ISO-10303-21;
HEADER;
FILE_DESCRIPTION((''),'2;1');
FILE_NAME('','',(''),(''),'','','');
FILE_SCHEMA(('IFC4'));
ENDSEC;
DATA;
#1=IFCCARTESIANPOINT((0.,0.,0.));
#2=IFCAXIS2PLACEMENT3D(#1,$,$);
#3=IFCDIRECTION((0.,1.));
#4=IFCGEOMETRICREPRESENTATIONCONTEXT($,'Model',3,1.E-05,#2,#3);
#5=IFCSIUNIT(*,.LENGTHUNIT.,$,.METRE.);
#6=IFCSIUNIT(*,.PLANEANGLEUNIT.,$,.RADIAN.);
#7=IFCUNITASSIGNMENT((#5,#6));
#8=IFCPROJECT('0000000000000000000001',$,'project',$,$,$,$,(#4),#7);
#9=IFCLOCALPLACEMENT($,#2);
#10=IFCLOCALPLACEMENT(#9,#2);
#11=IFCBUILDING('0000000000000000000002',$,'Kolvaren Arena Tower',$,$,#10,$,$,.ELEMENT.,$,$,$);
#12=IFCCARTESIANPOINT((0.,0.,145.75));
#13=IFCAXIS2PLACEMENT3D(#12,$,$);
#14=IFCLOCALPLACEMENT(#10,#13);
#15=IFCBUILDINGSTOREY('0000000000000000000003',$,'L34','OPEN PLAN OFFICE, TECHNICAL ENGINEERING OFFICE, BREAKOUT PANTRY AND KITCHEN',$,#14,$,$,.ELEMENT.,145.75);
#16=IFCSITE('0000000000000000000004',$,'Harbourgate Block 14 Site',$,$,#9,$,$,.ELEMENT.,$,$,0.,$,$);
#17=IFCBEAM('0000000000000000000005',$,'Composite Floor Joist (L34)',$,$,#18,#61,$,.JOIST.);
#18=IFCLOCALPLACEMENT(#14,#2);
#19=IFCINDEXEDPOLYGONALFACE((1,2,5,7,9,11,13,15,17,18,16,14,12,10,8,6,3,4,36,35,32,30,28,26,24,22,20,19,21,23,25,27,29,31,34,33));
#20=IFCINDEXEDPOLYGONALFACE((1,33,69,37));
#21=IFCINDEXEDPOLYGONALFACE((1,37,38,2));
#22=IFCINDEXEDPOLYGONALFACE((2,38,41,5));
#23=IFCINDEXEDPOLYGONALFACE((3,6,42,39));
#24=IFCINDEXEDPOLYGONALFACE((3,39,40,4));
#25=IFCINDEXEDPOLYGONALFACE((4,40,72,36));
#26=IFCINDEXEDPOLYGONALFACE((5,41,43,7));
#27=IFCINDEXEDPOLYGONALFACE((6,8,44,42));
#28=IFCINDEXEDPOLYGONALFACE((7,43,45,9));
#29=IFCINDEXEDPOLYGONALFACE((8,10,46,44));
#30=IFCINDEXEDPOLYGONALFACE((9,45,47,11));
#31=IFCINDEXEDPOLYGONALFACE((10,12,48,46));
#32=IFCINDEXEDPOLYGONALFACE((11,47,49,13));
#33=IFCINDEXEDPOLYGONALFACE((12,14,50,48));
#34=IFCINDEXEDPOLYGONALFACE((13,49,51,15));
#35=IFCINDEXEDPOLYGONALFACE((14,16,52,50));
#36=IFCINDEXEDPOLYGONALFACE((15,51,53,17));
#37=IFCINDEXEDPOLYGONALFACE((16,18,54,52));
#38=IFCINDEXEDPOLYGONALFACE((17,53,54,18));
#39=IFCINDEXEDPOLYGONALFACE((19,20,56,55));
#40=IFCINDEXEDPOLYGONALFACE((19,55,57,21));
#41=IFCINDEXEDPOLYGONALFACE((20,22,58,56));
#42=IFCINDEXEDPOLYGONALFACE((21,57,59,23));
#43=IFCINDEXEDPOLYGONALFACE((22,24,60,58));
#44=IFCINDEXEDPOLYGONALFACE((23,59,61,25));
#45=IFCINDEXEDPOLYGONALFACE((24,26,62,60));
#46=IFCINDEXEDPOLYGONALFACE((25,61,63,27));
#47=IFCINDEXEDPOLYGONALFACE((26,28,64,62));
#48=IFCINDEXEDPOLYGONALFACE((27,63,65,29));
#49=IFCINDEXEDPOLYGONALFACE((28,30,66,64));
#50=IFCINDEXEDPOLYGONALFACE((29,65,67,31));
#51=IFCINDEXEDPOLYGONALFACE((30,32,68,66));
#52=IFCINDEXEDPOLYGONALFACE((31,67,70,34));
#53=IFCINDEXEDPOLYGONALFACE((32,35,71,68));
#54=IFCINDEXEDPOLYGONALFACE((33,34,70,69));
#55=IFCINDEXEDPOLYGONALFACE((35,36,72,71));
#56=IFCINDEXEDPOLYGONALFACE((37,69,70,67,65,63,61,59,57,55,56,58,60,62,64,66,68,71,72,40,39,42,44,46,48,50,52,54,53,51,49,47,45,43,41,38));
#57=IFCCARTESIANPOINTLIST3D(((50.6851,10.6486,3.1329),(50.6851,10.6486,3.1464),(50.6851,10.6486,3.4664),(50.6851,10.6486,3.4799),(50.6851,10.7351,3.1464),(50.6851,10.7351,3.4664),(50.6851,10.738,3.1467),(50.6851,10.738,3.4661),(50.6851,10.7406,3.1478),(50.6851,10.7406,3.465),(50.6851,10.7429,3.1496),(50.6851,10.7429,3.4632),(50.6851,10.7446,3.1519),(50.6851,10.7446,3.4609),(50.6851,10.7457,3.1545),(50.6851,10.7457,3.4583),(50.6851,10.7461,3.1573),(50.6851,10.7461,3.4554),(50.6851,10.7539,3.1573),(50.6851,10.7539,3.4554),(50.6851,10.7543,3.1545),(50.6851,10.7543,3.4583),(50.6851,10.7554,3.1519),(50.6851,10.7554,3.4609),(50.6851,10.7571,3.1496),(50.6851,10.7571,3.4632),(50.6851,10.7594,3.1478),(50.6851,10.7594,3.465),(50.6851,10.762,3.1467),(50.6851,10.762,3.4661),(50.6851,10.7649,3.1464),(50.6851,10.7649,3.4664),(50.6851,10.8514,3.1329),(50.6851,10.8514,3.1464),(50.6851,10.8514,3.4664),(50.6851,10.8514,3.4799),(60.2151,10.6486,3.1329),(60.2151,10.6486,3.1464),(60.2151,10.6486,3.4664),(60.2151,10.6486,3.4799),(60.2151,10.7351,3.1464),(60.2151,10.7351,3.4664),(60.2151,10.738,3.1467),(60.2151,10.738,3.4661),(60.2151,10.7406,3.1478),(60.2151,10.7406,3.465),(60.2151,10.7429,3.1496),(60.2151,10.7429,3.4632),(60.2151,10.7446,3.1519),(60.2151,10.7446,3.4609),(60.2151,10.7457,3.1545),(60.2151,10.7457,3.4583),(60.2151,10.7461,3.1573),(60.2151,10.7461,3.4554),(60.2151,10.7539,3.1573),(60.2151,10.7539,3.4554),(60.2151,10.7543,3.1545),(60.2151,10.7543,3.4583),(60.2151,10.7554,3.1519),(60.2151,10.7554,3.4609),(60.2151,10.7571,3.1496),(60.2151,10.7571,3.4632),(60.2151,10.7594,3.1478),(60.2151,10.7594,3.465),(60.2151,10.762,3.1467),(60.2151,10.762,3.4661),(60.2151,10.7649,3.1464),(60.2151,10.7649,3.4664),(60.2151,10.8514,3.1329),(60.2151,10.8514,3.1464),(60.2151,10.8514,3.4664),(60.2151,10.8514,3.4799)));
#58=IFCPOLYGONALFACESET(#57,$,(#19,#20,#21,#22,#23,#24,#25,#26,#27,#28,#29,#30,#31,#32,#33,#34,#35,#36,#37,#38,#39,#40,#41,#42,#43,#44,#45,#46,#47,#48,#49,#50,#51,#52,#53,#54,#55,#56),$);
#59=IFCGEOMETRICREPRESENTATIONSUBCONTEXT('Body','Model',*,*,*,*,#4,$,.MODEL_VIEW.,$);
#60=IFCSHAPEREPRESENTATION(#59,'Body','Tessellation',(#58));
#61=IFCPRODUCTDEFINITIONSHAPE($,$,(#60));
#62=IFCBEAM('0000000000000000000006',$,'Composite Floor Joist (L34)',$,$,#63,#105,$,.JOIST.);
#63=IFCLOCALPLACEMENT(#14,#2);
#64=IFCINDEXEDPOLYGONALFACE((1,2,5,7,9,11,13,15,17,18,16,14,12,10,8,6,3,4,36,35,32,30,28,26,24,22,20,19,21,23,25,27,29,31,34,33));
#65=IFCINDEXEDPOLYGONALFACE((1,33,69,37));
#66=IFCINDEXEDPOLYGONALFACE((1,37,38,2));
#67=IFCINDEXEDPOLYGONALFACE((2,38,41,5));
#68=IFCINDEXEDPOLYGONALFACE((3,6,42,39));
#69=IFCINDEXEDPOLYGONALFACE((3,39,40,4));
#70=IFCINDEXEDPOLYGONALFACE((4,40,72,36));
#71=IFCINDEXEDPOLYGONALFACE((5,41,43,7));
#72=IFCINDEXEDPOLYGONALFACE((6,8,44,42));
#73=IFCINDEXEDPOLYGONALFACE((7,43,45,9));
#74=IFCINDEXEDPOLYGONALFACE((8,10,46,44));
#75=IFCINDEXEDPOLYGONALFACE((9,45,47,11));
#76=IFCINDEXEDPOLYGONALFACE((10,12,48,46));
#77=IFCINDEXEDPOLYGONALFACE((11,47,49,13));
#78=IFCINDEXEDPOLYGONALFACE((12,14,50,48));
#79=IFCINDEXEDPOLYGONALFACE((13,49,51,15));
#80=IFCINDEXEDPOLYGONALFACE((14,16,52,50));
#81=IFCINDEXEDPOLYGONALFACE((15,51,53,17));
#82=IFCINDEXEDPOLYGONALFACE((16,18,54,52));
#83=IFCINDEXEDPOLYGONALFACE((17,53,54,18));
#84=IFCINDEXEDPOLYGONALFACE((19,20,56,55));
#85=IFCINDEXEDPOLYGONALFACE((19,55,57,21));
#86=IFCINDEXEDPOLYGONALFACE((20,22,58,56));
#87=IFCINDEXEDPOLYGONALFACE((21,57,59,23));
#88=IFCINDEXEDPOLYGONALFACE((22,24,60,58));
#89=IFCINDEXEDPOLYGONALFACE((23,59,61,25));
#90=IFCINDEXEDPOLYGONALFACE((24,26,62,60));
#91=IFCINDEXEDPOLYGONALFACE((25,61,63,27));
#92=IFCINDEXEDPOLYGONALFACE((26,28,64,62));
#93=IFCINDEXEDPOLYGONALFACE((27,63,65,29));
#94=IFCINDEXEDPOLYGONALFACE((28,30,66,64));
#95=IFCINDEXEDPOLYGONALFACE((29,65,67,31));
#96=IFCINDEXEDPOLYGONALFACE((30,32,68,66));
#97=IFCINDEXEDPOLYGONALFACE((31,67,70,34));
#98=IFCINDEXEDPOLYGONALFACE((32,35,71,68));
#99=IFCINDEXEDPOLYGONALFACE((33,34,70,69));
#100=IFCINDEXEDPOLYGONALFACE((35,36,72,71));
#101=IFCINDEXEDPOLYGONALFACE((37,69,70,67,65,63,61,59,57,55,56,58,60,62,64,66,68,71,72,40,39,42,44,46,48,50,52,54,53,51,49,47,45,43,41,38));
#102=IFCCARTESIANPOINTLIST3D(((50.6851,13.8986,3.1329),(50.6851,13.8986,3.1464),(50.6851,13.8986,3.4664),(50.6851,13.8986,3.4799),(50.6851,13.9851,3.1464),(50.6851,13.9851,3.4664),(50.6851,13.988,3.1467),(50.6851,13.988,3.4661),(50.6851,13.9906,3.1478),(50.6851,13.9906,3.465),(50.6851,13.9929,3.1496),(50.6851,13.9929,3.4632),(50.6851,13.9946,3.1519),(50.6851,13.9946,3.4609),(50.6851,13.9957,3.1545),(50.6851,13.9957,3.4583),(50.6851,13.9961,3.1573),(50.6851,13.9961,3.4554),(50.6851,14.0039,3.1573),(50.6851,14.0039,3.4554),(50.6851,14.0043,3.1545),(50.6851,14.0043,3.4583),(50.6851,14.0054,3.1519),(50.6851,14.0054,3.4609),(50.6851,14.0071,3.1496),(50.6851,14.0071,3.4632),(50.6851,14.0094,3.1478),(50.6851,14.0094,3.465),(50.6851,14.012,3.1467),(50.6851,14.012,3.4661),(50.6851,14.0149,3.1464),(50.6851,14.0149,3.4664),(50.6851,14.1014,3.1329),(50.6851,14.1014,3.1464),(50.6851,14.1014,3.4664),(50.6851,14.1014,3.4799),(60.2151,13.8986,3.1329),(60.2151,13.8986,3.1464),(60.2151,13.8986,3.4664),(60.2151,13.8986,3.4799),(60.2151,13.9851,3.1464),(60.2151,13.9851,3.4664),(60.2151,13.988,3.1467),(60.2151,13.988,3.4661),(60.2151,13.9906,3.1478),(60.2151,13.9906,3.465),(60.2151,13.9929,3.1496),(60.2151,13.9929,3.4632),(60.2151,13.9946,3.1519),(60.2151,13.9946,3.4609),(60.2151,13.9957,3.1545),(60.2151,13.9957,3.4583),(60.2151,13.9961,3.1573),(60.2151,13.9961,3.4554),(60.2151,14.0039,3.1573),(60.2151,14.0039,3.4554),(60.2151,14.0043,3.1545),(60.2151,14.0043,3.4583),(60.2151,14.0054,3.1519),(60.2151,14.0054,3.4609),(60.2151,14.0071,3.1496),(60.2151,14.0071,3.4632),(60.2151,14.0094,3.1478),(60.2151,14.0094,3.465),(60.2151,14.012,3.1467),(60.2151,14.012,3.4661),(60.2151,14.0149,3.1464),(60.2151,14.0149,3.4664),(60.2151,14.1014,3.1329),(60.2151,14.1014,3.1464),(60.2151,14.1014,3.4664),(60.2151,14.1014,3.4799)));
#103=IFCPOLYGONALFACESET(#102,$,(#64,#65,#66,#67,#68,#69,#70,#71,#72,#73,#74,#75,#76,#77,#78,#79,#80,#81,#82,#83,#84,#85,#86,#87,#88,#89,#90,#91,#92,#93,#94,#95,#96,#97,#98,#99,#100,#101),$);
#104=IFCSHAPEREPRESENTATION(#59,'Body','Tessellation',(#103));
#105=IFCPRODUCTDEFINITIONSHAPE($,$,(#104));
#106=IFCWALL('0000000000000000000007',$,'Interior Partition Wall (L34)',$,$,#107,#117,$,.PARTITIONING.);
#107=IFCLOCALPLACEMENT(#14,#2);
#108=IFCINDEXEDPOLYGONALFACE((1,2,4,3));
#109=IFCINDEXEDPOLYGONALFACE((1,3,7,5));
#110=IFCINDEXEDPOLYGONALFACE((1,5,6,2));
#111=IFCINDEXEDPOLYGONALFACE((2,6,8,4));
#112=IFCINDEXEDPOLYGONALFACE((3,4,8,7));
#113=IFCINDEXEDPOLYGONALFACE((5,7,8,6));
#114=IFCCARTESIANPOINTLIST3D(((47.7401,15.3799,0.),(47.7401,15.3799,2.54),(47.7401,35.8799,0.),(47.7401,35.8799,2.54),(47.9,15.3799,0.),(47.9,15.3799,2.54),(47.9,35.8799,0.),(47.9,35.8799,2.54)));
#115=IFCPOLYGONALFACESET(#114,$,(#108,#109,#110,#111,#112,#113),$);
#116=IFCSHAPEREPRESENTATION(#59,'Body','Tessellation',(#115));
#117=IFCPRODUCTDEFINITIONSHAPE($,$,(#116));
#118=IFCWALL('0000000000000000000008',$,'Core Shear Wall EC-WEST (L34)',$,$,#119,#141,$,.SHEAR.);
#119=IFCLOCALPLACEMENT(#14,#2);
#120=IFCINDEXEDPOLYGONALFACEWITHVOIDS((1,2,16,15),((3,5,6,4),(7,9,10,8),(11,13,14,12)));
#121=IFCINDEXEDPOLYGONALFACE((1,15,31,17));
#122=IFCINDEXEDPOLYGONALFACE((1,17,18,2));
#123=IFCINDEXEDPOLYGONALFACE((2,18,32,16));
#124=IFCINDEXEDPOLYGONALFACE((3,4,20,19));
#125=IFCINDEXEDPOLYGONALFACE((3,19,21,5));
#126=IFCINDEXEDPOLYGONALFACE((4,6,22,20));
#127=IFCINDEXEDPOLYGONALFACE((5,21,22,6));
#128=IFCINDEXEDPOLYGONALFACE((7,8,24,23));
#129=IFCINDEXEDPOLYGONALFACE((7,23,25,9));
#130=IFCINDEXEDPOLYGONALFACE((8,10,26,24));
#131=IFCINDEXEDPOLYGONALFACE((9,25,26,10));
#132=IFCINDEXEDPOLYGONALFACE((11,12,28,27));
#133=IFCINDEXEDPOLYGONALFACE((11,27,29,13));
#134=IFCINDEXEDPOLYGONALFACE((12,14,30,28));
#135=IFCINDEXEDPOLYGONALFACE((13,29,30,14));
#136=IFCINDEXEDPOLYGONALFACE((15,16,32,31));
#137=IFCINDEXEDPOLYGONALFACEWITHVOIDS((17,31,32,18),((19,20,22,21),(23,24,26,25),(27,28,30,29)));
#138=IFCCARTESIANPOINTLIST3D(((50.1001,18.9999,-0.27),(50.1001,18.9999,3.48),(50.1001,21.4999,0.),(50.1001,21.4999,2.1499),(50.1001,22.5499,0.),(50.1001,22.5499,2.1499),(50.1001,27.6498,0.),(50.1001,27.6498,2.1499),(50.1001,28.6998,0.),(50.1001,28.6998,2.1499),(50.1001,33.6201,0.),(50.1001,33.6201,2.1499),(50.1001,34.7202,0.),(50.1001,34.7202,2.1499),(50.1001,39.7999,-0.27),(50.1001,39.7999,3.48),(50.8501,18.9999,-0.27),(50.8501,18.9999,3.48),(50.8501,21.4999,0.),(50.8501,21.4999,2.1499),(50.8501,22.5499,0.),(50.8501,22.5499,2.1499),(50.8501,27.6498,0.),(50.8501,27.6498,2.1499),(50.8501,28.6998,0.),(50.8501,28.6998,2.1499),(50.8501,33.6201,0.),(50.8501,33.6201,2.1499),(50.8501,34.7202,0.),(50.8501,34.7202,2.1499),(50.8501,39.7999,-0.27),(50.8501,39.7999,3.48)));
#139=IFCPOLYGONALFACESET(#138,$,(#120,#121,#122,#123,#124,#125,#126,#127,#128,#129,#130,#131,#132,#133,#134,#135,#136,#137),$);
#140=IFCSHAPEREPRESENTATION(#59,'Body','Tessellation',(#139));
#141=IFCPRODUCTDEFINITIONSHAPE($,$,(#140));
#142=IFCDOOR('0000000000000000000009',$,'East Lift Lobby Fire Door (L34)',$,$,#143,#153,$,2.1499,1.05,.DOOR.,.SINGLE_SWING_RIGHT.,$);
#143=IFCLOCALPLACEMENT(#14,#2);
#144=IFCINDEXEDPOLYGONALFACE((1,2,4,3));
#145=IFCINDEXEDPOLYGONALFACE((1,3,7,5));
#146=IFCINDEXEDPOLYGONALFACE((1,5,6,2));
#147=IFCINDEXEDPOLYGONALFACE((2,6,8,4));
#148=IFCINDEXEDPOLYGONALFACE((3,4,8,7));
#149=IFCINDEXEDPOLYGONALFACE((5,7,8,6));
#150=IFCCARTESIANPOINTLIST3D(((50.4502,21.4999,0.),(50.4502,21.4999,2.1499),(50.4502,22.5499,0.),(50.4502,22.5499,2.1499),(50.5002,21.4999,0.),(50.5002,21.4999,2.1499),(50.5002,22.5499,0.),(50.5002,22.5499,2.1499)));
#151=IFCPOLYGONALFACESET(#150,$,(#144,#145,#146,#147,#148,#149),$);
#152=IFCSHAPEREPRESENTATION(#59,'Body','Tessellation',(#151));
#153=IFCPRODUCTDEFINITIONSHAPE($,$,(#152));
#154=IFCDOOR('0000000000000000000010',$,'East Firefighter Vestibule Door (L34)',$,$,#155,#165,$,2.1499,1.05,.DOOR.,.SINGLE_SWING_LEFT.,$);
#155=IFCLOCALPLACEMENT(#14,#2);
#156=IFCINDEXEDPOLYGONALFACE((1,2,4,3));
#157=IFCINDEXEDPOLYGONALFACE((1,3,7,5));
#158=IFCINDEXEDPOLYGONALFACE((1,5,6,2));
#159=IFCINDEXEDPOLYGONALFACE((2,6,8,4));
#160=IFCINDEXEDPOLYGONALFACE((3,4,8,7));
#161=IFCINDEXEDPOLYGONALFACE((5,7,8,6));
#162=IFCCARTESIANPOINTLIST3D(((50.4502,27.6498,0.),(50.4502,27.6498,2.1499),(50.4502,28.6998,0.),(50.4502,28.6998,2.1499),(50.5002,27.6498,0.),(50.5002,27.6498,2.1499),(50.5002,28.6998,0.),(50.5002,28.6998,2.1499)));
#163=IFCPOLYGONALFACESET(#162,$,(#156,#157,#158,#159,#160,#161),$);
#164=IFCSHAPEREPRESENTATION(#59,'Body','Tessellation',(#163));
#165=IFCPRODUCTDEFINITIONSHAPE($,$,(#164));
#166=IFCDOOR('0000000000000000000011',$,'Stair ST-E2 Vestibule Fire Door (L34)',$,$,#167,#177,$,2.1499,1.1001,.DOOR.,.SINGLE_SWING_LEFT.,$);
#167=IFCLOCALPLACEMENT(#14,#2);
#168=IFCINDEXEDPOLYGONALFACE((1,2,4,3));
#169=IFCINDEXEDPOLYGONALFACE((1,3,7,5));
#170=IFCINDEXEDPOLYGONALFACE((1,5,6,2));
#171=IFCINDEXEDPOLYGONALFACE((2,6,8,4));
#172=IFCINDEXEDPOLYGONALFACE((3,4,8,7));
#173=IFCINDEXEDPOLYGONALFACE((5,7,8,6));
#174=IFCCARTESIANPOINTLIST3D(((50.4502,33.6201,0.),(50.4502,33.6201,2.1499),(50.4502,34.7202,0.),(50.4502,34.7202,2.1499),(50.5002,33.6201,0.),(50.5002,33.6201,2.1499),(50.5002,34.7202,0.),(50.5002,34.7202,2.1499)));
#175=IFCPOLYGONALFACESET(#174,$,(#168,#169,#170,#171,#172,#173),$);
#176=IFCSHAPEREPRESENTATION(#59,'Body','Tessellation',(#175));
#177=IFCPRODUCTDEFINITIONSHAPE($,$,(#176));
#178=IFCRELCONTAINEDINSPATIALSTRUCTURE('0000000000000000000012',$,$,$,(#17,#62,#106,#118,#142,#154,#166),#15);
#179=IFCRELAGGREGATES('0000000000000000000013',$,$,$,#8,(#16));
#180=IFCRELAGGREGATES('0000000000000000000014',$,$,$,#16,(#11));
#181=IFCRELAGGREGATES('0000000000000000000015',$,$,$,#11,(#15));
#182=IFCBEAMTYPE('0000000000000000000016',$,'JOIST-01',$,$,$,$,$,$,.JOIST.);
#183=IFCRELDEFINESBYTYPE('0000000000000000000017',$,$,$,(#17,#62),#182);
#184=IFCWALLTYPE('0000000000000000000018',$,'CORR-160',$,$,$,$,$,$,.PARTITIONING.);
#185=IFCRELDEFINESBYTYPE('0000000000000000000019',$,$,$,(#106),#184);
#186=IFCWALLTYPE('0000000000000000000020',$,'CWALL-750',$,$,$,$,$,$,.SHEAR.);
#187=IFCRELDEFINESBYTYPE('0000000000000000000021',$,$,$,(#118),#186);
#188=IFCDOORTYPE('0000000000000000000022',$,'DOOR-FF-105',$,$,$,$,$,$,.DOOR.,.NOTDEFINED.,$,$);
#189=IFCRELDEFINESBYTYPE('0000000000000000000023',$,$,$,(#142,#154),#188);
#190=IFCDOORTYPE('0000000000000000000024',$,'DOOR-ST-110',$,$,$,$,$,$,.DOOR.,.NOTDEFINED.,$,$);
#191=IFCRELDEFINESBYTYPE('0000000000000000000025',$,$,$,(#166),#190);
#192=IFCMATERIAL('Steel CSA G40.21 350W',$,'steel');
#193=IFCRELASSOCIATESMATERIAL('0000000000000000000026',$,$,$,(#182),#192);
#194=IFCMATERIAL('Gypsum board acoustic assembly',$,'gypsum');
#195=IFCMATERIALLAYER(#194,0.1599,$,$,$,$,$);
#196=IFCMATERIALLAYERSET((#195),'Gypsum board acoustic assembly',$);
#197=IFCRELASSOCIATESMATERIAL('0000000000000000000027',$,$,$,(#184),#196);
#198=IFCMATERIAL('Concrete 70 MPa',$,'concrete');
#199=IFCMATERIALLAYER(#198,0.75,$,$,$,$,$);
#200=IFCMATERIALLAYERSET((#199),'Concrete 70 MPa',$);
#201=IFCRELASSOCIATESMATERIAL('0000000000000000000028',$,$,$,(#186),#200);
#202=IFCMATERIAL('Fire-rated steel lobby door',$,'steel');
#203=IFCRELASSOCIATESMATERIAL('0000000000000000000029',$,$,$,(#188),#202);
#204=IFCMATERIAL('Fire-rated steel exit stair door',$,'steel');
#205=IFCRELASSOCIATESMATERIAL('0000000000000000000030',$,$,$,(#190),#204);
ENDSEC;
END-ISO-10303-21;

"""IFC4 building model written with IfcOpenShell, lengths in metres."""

from ifc_helpers import new_model, si_unit, direction, frame, frame_2d, origin, origin_2d, place, context, subcontext, project, spatial, rectangle, i_section, extrude, material, layer, layer_set, material_profile, profile_set, type_object, element, fill, save


model = new_model("IFC4")

# Units and contexts
model_context = context("Model", 3, precision=1e-05, world=origin(), true_north=direction((0.0, 1.0)))
body_context = subcontext(model_context, "Body", "Model", "MODEL_VIEW")
ifc_project = project(units=[si_unit("LENGTHUNIT", "METRE"), si_unit("PLANEANGLEUNIT", "RADIAN")], contexts=[model_context])

# Site, building, storey
site_placement = place(None, origin())
site = spatial("IfcSite", under=ifc_project, at=site_placement, Name="Harbourgate Block 14 Site", CompositionType="ELEMENT", RefElevation=0.0)
building_placement = place(site_placement, origin())
building = spatial("IfcBuilding", under=site, at=building_placement, Name="Kolvaren Arena Tower", CompositionType="ELEMENT")
storey_placement = place(building_placement, frame((0.0, 0.0, 145.75)))
storey = spatial("IfcBuildingStorey", under=building, at=storey_placement, Name="L34", Description="OPEN PLAN OFFICE, TECHNICAL ENGINEERING OFFICE, BREAKOUT PANTRY AND KITCHEN", CompositionType="ELEMENT", Elevation=145.75)

# Beams
ifc_material_1 = material(Name="Steel CSA G40.21 350W", Category="steel")
ifc_material_profile_1 = material_profile(ifc_material_1, i_section(OverallWidth=0.2029, OverallDepth=0.3469, WebThickness=0.0078, FlangeThickness=0.0134, FilletRadius=0.011, at=origin_2d()), Name="W360x64")
ifc_profile_set_1 = profile_set([ifc_material_profile_1], Name="Steel CSA G40.21 350W")
beam_type_1 = type_object("IfcBeamType", Name="JOIST-01", PredefinedType="JOIST", material=ifc_profile_set_1)
for number, where, z_axis, x_axis, name in (
    (1, (50.6851, 10.75, 3.3064), (1.0, 0.0, 0.0), (0.0, 1.0, 0.0), "Composite Floor Joist (L34)"),
    (2, (50.6851, 14.0, 3.3064), (1.0, 0.0, 0.0), (0.0, 1.0, 0.0), "Composite Floor Joist (L34)"),
):
    element("IfcBeam", number, at=place(storey_placement, frame(where, z_axis=z_axis, x_axis=x_axis)), inside=storey, type_object=beam_type_1, Name=name, PredefinedType="JOIST", context=body_context, shape_type="SweptSolid", body=[
        extrude(i_section(OverallWidth=0.2029, OverallDepth=0.3469, WebThickness=0.0078, FlangeThickness=0.0134, FilletRadius=0.011, at=origin_2d()), origin(), (0.0, 0.0, 1.0), 9.53),
    ])

# Wall
ifc_material_2 = material(Name="Gypsum board acoustic assembly", Category="gypsum")
ifc_layer_1 = layer(ifc_material_2, 0.1599)
ifc_layer_set_1 = layer_set([ifc_layer_1], Name="Gypsum board acoustic assembly")
wall_type_1 = type_object("IfcWallType", Name="CORR-160", PredefinedType="PARTITIONING", material=ifc_layer_set_1)
wall_1_placement = place(storey_placement, frame((47.8201, 15.3799, 0.0), z_axis=(0.0, 0.0, 1.0), x_axis=(0.0, 1.0, 0.0)))
element("IfcWall", 3, at=wall_1_placement, inside=storey, type_object=wall_type_1, Name="Interior Partition Wall (L34)", PredefinedType="PARTITIONING", context=body_context, shape_type="SweptSolid", body=[
    extrude(rectangle(XDim=20.5, YDim=0.1599, at=frame_2d((10.25, 0.0))), origin(), (0.0, 0.0, 1.0), 2.54),
])

# Wall, openings, doors
ifc_material_3 = material(Name="Concrete 70 MPa", Category="concrete")
ifc_layer_2 = layer(ifc_material_3, 0.75)
ifc_layer_set_2 = layer_set([ifc_layer_2], Name="Concrete 70 MPa")
wall_type_2 = type_object("IfcWallType", Name="CWALL-750", PredefinedType="SHEAR", material=ifc_layer_set_2)
wall_2_placement = place(storey_placement, frame((50.4751, 19.0, -0.27), z_axis=(0.0, 0.0, 1.0), x_axis=(0.0, 1.0, 0.0)))
wall_2 = element("IfcWall", 4, at=wall_2_placement, inside=storey, type_object=wall_type_2, Name="Core Shear Wall EC-WEST (L34)", PredefinedType="SHEAR", context=body_context, shape_type="SweptSolid", body=[
    extrude(rectangle(XDim=20.8, YDim=0.75, at=frame_2d((10.3999, 0.0))), origin(), (0.0, 0.0, 1.0), 3.75),
])
opening_1_placement = place(wall_2_placement, frame((2.5, 0.0, 0.27)))
opening_1 = element("IfcOpeningElement", 5, at=opening_1_placement, cuts=wall_2, PredefinedType="OPENING", context=body_context, shape_type="SweptSolid", body=[
    extrude(rectangle(XDim=1.05, YDim=2.1499, at=frame_2d((0.5249, 1.075))), frame((0.0, 0.385, 0.0), z_axis=(0.0, -1.0, 0.0), x_axis=(1.0, 0.0, 0.0)), (0.0, 0.0, 1.0), 0.77),
])
opening_2_placement = place(wall_2_placement, frame((8.6499, 0.0, 0.27)))
opening_2 = element("IfcOpeningElement", 6, at=opening_2_placement, cuts=wall_2, PredefinedType="OPENING", context=body_context, shape_type="SweptSolid", body=[
    extrude(rectangle(XDim=1.05, YDim=2.1499, at=frame_2d((0.5249, 1.075))), frame((0.0, 0.385, 0.0), z_axis=(0.0, -1.0, 0.0), x_axis=(1.0, 0.0, 0.0)), (0.0, 0.0, 1.0), 0.77),
])
opening_3_placement = place(wall_2_placement, frame((14.6201, 0.0, 0.27)))
opening_3 = element("IfcOpeningElement", 7, at=opening_3_placement, cuts=wall_2, PredefinedType="OPENING", context=body_context, shape_type="SweptSolid", body=[
    extrude(rectangle(XDim=1.1001, YDim=2.1499, at=frame_2d((0.55, 1.075))), frame((0.0, 0.385, 0.0), z_axis=(0.0, -1.0, 0.0), x_axis=(1.0, 0.0, 0.0)), (0.0, 0.0, 1.0), 0.77),
])
ifc_material_4 = material(Name="Fire-rated steel lobby door", Category="steel")
door_type_1 = type_object("IfcDoorType", Name="DOOR-FF-105", OperationType="NOTDEFINED", PredefinedType="DOOR", material=ifc_material_4)
door_1_placement = place(opening_1_placement, origin())
door_1 = element("IfcDoor", 8, at=door_1_placement, inside=storey, type_object=door_type_1, Name="East Lift Lobby Fire Door (L34)", OperationType="SINGLE_SWING_RIGHT", OverallHeight=2.1499, OverallWidth=1.05, PredefinedType="DOOR", context=body_context, shape_type="SweptSolid", body=[
    extrude(rectangle(XDim=1.05, YDim=2.1499, at=frame_2d((0.5249, 1.075))), frame((0.0, 0.0249, 0.0), z_axis=(0.0, -1.0, 0.0), x_axis=(1.0, 0.0, 0.0)), (0.0, 0.0, 1.0), 0.05),
])
fill(opening_1, door_1)
door_2_placement = place(opening_2_placement, origin())
door_2 = element("IfcDoor", 9, at=door_2_placement, inside=storey, type_object=door_type_1, Name="East Firefighter Vestibule Door (L34)", OperationType="SINGLE_SWING_LEFT", OverallHeight=2.1499, OverallWidth=1.05, PredefinedType="DOOR", context=body_context, shape_type="SweptSolid", body=[
    extrude(rectangle(XDim=1.05, YDim=2.1499, at=frame_2d((0.5249, 1.075))), frame((0.0, 0.0249, 0.0), z_axis=(0.0, -1.0, 0.0), x_axis=(1.0, 0.0, 0.0)), (0.0, 0.0, 1.0), 0.05),
])
fill(opening_2, door_2)
ifc_material_5 = material(Name="Fire-rated steel exit stair door", Category="steel")
door_type_2 = type_object("IfcDoorType", Name="DOOR-ST-110", OperationType="NOTDEFINED", PredefinedType="DOOR", material=ifc_material_5)
door_3_placement = place(opening_3_placement, origin())
door_3 = element("IfcDoor", 10, at=door_3_placement, inside=storey, type_object=door_type_2, Name="Stair ST-E2 Vestibule Fire Door (L34)", OperationType="SINGLE_SWING_LEFT", OverallHeight=2.1499, OverallWidth=1.1001, PredefinedType="DOOR", context=body_context, shape_type="SweptSolid", body=[
    extrude(rectangle(XDim=1.1001, YDim=2.1499, at=frame_2d((0.55, 1.075))), frame((0.0, 0.0249, 0.0), z_axis=(0.0, -1.0, 0.0), x_axis=(1.0, 0.0, 0.0)), (0.0, 0.0, 1.0), 0.05),
])
fill(opening_3, door_3)

save(model, "model.ifc")
